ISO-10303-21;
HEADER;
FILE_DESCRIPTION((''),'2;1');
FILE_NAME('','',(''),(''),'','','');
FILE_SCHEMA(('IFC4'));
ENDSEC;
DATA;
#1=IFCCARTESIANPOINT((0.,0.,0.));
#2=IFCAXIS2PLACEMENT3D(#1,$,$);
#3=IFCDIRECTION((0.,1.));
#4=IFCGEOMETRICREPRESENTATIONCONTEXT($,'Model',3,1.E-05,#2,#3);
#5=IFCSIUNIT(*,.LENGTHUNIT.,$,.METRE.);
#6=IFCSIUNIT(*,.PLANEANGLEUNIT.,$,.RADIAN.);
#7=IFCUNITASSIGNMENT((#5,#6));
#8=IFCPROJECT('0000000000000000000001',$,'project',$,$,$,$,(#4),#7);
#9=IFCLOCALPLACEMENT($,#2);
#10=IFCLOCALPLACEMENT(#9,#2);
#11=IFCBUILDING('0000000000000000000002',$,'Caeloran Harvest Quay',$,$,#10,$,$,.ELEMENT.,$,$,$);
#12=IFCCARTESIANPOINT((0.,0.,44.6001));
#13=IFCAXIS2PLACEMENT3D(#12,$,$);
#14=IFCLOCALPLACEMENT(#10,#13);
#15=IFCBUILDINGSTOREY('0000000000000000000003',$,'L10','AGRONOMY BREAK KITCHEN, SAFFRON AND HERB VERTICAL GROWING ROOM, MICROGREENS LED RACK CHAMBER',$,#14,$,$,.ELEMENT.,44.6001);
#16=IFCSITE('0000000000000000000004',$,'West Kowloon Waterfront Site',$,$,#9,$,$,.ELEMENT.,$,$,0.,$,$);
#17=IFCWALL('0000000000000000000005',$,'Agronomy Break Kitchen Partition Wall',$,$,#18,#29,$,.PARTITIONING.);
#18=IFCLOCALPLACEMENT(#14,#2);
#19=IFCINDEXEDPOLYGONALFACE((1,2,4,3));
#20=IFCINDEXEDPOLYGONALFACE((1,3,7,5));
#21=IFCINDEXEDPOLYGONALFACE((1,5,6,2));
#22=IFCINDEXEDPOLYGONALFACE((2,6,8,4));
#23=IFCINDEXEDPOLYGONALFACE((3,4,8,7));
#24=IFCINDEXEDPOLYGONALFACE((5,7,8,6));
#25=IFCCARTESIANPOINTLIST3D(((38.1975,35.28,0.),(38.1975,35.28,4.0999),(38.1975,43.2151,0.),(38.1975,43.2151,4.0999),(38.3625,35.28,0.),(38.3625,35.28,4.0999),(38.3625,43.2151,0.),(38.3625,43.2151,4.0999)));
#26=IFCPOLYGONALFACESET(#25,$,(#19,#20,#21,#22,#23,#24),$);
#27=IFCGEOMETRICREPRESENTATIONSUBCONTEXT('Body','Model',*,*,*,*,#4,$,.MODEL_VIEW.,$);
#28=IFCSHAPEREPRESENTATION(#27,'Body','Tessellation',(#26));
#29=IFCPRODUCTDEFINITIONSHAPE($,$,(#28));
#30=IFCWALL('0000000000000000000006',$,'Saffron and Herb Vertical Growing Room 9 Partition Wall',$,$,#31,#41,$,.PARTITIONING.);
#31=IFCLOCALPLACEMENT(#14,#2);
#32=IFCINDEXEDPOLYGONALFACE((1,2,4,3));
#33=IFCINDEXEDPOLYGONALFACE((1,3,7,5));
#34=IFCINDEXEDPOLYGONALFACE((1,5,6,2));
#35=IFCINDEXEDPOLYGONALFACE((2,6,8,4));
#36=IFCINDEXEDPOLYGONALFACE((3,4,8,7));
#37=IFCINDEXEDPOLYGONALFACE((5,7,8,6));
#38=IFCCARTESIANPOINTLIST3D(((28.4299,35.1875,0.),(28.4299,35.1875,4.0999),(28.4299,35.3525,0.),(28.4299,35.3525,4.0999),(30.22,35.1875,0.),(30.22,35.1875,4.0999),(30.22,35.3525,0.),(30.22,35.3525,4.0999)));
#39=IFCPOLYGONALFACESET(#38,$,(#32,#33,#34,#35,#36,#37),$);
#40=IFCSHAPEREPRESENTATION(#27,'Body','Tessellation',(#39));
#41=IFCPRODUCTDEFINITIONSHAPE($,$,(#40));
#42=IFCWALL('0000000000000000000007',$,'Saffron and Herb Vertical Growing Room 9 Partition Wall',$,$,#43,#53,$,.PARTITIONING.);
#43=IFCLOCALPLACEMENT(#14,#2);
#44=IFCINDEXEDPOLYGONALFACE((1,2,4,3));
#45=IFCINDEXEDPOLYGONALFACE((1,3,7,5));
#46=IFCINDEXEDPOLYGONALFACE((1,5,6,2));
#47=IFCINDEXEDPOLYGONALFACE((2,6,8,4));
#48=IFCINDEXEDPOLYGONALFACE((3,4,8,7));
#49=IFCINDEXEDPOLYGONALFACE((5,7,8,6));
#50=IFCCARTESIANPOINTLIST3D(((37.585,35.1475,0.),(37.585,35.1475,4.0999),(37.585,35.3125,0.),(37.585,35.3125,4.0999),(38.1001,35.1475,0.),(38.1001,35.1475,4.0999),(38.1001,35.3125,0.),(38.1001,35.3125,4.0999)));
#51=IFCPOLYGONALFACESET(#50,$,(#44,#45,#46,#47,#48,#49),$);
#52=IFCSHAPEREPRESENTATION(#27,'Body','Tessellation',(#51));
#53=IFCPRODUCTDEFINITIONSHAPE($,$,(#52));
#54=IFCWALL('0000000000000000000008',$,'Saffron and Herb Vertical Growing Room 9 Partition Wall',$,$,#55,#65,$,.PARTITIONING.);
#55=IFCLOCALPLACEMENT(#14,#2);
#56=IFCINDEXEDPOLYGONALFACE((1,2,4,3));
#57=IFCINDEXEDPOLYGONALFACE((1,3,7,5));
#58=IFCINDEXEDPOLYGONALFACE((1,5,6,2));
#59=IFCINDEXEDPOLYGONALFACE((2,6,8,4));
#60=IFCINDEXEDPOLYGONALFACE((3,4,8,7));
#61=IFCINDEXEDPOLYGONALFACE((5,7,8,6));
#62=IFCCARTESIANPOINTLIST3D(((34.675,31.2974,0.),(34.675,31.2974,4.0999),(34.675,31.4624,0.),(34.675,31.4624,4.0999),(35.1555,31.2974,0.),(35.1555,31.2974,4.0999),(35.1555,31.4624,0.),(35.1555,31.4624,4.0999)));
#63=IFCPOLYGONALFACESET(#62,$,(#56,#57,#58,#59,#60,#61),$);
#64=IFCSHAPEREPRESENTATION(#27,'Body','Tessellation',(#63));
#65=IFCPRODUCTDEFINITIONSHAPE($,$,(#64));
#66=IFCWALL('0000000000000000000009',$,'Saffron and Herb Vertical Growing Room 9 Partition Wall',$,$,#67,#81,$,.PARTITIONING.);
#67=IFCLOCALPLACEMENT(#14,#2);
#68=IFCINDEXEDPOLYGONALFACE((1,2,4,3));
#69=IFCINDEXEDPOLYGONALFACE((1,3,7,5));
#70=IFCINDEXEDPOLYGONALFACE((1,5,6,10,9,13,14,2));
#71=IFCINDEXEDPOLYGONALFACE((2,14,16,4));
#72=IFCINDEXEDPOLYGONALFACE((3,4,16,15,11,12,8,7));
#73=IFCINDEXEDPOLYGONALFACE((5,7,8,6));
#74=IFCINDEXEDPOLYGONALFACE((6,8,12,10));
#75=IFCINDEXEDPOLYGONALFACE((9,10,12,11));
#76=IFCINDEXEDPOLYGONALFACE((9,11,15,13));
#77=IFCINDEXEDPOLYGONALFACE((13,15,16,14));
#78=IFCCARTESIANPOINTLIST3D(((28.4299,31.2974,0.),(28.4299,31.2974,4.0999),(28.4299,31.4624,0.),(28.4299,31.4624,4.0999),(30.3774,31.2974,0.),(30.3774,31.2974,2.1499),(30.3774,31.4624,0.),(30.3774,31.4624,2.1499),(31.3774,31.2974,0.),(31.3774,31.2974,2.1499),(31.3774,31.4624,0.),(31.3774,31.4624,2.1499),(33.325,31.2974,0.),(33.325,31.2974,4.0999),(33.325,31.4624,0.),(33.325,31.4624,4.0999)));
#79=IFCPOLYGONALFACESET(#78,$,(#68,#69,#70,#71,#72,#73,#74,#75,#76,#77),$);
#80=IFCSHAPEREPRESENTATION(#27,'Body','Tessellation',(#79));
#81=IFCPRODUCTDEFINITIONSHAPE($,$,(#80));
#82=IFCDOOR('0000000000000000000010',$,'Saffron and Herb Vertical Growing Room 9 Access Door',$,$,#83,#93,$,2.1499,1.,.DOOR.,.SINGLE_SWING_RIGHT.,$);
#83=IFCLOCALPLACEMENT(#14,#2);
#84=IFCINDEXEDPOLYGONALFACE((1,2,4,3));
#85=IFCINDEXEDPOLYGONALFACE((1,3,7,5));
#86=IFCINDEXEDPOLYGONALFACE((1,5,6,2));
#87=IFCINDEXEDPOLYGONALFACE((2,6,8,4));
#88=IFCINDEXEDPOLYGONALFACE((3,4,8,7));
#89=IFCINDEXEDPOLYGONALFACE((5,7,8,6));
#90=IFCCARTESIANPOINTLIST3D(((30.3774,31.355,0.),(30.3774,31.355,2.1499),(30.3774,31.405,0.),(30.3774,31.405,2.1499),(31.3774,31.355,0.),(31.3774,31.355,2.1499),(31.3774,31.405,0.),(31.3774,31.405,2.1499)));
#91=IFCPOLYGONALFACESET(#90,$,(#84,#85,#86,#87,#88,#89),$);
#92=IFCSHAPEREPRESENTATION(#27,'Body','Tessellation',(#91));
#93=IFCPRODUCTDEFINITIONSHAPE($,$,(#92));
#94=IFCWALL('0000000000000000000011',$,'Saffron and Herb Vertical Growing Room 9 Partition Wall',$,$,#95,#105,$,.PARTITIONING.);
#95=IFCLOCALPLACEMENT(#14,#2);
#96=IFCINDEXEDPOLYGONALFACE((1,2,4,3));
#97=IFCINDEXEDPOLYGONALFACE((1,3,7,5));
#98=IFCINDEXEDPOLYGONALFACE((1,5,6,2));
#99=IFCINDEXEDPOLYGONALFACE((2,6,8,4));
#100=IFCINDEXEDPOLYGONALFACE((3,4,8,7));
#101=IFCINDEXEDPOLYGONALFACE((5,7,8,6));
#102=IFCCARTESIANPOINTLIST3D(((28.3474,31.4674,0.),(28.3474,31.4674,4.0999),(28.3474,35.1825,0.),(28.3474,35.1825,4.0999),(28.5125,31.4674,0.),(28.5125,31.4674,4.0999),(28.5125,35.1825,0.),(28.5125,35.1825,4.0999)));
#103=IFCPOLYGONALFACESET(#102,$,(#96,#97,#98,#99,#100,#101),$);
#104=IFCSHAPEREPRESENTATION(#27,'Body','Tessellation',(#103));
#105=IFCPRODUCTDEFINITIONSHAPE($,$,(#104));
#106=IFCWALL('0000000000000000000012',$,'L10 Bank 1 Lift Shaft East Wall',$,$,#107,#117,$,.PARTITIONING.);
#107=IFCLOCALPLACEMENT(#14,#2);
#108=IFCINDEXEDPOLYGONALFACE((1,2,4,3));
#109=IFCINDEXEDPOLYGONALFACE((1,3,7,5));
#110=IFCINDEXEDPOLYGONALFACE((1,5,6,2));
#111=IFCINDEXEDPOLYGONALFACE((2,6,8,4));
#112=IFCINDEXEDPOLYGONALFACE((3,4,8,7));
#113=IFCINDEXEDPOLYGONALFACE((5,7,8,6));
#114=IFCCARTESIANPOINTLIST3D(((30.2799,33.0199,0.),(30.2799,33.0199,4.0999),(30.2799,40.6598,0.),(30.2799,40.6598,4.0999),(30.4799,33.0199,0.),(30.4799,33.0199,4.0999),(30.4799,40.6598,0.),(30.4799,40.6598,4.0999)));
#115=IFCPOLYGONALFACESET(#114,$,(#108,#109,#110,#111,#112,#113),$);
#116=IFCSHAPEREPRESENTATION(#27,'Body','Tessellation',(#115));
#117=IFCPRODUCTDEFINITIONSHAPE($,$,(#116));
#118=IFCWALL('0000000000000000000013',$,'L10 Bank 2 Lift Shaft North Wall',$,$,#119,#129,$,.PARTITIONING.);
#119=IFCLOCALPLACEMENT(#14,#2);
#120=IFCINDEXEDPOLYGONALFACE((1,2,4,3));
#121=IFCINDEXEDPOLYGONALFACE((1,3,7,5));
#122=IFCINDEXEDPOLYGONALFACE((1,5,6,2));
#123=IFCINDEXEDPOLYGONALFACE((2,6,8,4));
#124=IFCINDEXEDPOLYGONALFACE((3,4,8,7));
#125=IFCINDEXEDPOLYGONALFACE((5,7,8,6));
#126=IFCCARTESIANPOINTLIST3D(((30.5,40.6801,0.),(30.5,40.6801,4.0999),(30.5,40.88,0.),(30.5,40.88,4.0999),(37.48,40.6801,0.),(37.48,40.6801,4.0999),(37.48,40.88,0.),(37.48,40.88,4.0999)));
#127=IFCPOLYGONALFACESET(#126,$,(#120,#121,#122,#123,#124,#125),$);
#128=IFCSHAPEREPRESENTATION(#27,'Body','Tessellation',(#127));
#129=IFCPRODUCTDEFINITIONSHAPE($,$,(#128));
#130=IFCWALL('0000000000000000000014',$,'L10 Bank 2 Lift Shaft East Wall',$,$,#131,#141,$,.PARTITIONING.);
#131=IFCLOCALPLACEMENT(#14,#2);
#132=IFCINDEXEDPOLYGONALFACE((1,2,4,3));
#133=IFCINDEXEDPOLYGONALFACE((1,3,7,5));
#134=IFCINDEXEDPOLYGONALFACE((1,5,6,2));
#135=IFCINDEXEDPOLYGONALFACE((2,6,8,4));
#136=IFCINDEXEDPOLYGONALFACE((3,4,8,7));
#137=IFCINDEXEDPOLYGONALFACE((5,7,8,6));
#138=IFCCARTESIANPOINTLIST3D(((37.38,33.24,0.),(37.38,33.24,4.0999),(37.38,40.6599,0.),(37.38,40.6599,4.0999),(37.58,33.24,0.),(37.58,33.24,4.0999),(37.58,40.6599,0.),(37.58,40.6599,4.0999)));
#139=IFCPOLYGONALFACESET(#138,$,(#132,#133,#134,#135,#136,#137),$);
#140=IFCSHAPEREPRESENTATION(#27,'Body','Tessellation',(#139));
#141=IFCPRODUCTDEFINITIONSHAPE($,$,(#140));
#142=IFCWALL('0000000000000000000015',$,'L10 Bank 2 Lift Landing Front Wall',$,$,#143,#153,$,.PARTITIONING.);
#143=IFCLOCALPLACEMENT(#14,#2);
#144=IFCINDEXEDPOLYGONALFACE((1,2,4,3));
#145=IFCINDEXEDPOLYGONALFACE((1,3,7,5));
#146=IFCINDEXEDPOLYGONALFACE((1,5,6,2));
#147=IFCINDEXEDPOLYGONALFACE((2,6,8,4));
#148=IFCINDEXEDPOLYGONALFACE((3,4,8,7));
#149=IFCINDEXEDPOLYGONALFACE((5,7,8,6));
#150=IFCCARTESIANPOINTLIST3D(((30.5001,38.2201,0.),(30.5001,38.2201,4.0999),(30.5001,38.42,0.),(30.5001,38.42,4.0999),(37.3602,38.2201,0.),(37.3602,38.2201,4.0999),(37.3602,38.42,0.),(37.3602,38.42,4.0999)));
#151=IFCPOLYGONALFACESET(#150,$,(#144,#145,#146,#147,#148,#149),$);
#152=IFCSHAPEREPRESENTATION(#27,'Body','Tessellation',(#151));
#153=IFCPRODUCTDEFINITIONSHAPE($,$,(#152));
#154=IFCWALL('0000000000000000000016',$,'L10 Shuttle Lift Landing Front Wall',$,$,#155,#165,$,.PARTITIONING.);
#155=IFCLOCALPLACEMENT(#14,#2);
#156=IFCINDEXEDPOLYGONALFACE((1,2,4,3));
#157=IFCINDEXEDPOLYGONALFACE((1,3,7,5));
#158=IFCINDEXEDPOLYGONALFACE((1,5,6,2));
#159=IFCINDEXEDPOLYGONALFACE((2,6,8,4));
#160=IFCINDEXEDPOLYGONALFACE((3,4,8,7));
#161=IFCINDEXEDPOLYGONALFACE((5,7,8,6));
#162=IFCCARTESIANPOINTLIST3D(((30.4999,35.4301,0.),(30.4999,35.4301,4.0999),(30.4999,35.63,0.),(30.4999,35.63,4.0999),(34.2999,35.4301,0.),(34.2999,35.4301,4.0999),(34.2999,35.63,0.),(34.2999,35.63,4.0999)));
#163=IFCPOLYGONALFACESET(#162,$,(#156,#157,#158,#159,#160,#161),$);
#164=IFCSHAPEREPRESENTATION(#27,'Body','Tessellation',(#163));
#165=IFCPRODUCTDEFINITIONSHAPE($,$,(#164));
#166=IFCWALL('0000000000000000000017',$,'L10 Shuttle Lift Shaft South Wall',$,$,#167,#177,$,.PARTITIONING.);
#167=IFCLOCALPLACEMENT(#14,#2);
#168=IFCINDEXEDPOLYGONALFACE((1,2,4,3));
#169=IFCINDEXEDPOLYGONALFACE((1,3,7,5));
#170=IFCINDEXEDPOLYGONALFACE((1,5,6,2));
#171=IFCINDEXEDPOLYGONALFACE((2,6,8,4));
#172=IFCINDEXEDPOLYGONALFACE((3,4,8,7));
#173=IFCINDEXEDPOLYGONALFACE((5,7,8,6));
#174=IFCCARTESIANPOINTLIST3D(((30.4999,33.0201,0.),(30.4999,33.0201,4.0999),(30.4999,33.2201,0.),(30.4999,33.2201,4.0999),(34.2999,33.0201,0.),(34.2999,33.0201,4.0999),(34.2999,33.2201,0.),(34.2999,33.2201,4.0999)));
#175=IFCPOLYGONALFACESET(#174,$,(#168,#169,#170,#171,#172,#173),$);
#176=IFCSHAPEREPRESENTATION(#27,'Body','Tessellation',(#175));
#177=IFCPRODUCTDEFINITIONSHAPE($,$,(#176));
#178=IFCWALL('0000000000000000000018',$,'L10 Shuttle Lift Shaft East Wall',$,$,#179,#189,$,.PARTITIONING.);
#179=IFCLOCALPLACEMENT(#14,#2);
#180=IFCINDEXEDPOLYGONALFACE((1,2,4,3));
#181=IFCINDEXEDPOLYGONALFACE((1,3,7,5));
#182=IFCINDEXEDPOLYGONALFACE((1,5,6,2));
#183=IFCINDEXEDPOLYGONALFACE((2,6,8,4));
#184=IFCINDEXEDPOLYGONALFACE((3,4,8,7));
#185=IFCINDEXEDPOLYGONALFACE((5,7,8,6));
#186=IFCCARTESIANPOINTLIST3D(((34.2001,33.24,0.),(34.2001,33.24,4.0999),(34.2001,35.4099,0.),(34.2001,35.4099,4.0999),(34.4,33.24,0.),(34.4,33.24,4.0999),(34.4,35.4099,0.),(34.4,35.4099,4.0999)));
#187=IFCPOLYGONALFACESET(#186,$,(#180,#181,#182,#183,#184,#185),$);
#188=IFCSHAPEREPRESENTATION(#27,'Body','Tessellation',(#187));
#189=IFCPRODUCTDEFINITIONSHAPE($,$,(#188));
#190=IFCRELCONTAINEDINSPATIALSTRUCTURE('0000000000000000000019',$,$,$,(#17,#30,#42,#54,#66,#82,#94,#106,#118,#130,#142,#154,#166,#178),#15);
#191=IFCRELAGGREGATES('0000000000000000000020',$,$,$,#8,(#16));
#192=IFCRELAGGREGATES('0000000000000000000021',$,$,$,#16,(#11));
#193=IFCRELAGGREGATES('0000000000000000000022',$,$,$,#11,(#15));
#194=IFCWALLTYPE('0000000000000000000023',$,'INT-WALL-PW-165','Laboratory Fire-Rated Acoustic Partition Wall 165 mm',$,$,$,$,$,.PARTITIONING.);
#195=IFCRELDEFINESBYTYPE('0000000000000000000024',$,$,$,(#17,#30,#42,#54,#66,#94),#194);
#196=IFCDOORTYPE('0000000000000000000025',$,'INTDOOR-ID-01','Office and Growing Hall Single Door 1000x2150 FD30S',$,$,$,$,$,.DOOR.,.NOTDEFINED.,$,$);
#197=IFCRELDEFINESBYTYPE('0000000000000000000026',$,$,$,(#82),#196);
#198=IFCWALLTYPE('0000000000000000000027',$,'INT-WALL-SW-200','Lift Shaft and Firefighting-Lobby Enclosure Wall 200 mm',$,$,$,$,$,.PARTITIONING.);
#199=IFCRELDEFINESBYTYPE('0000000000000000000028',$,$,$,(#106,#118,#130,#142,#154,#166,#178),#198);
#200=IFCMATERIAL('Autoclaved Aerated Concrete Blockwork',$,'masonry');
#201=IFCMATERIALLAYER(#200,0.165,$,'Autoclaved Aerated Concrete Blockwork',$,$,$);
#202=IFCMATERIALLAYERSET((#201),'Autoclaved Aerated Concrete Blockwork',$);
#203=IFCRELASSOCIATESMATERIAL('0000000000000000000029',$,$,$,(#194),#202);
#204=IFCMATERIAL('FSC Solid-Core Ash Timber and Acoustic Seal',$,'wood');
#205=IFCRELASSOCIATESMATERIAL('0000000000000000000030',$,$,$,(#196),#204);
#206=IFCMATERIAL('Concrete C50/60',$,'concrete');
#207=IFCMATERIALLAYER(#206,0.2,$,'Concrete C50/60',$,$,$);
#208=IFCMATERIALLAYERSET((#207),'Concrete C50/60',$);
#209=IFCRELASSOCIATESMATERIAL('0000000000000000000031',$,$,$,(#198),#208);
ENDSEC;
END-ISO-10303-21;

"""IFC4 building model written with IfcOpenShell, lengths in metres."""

from ifc_helpers import new_model, si_unit, direction, frame, frame_2d, origin, place, context, subcontext, project, spatial, rectangle, extrude, material, layer, layer_set, type_object, element, fill, save


model = new_model("IFC4")

# Units and contexts
model_context = context("Model", 3, precision=1e-05, world=origin(), true_north=direction((0.0, 1.0)))
body_context = subcontext(model_context, "Body", "Model", "MODEL_VIEW")
ifc_project = project(units=[si_unit("LENGTHUNIT", "METRE"), si_unit("PLANEANGLEUNIT", "RADIAN")], contexts=[model_context])

# Site, building, storey
site_placement = place(None, origin())
site = spatial("IfcSite", under=ifc_project, at=site_placement, Name="West Kowloon Waterfront Site", CompositionType="ELEMENT", RefElevation=0.0)
building_placement = place(site_placement, origin())
building = spatial("IfcBuilding", under=site, at=building_placement, Name="Caeloran Harvest Quay", CompositionType="ELEMENT")
storey_placement = place(building_placement, frame((0.0, 0.0, 44.6001)))
storey = spatial("IfcBuildingStorey", under=building, at=storey_placement, Name="L10", Description="AGRONOMY BREAK KITCHEN, SAFFRON AND HERB VERTICAL GROWING ROOM, MICROGREENS LED RACK CHAMBER", CompositionType="ELEMENT", Elevation=44.6001)

# Walls
ifc_material_1 = material(Name="Autoclaved Aerated Concrete Blockwork", Category="masonry")
ifc_layer_1 = layer(ifc_material_1, 0.165, Name="Autoclaved Aerated Concrete Blockwork")
ifc_layer_set_1 = layer_set([ifc_layer_1], Name="Autoclaved Aerated Concrete Blockwork")
wall_type_1 = type_object("IfcWallType", Name="INT-WALL-PW-165", Description="Laboratory Fire-Rated Acoustic Partition Wall 165 mm", PredefinedType="PARTITIONING", material=ifc_layer_set_1)
wall_1_placement = place(storey_placement, frame((38.28, 35.28, 0.0), z_axis=(0.0, 0.0, 1.0), x_axis=(0.0, 1.0, 0.0)))
element("IfcWall", 1, at=wall_1_placement, inside=storey, type_object=wall_type_1, Name="Agronomy Break Kitchen Partition Wall", PredefinedType="PARTITIONING", context=body_context, shape_type="SweptSolid", body=[
    extrude(rectangle(XDim=7.9351, YDim=0.165, at=frame_2d((3.9675, 0.0))), origin(), (0.0, 0.0, 1.0), 4.0999),
])
wall_2_placement = place(storey_placement, frame((28.4299, 35.27, 0.0), z_axis=(0.0, 0.0, 1.0), x_axis=(1.0, 0.0, 0.0)))
element("IfcWall", 2, at=wall_2_placement, inside=storey, type_object=wall_type_1, Name="Saffron and Herb Vertical Growing Room 9 Partition Wall", PredefinedType="PARTITIONING", context=body_context, shape_type="SweptSolid", body=[
    extrude(rectangle(XDim=1.79, YDim=0.165, at=frame_2d((0.895, 0.0))), origin(), (0.0, 0.0, 1.0), 4.0999),
])
wall_3_placement = place(storey_placement, frame((38.1001, 35.23, 0.0), z_axis=(0.0, 0.0, 1.0), x_axis=(-1.0, 0.0, 0.0)))
element("IfcWall", 3, at=wall_3_placement, inside=storey, type_object=wall_type_1, Name="Saffron and Herb Vertical Growing Room 9 Partition Wall", PredefinedType="PARTITIONING", context=body_context, shape_type="SweptSolid", body=[
    extrude(rectangle(XDim=0.5151, YDim=0.165, at=frame_2d((0.2576, 0.0))), origin(), (0.0, 0.0, 1.0), 4.0999),
])
wall_4_placement = place(storey_placement, frame((35.1555, 31.3799, 0.0), z_axis=(0.0, 0.0, 1.0), x_axis=(-1.0, 0.0, 0.0)))
element("IfcWall", 4, at=wall_4_placement, inside=storey, type_object=wall_type_1, Name="Saffron and Herb Vertical Growing Room 9 Partition Wall", PredefinedType="PARTITIONING", context=body_context, shape_type="SweptSolid", body=[
    extrude(rectangle(XDim=0.4805, YDim=0.165, at=frame_2d((0.2402, 0.0))), origin(), (0.0, 0.0, 1.0), 4.0999),
])

# Wall, opening, door
wall_5_placement = place(storey_placement, frame((33.325, 31.3799, 0.0), z_axis=(0.0, 0.0, 1.0), x_axis=(-1.0, 0.0, 0.0)))
wall_5 = element("IfcWall", 5, at=wall_5_placement, inside=storey, type_object=wall_type_1, Name="Saffron and Herb Vertical Growing Room 9 Partition Wall", PredefinedType="PARTITIONING", context=body_context, shape_type="SweptSolid", body=[
    extrude(rectangle(XDim=4.895, YDim=0.165, at=frame_2d((2.4475, 0.0))), origin(), (0.0, 0.0, 1.0), 4.0999),
])
opening_1_placement = place(wall_5_placement, frame((1.9475, 0.0, 0.0)))
opening_1 = element("IfcOpeningElement", 6, at=opening_1_placement, cuts=wall_5, PredefinedType="OPENING", context=body_context, shape_type="SweptSolid", body=[
    extrude(rectangle(XDim=1.0, YDim=2.1499, at=frame_2d((0.5, 1.075))), frame((0.0, 0.0925, 0.0), z_axis=(0.0, -1.0, 0.0), x_axis=(1.0, 0.0, 0.0)), (0.0, 0.0, 1.0), 0.1851),
])
ifc_material_2 = material(Name="FSC Solid-Core Ash Timber and Acoustic Seal", Category="wood")
door_type_1 = type_object("IfcDoorType", Name="INTDOOR-ID-01", Description="Office and Growing Hall Single Door 1000x2150 FD30S", OperationType="NOTDEFINED", PredefinedType="DOOR", material=ifc_material_2)
door_1_placement = place(opening_1_placement, origin())
door_1 = element("IfcDoor", 7, at=door_1_placement, inside=storey, type_object=door_type_1, Name="Saffron and Herb Vertical Growing Room 9 Access Door", OperationType="SINGLE_SWING_RIGHT", OverallHeight=2.1499, OverallWidth=1.0, PredefinedType="DOOR", context=body_context, shape_type="SweptSolid", body=[
    extrude(rectangle(XDim=1.0, YDim=2.1499, at=frame_2d((0.5, 1.075))), frame((0.0, 0.0249, 0.0), z_axis=(0.0, -1.0, 0.0), x_axis=(1.0, 0.0, 0.0)), (0.0, 0.0, 1.0), 0.05),
])
fill(opening_1, door_1)

# Walls
wall_6_placement = place(storey_placement, frame((28.4299, 31.4675, 0.0), z_axis=(0.0, 0.0, 1.0), x_axis=(0.0, 1.0, 0.0)))
element("IfcWall", 8, at=wall_6_placement, inside=storey, type_object=wall_type_1, Name="Saffron and Herb Vertical Growing Room 9 Partition Wall", PredefinedType="PARTITIONING", context=body_context, shape_type="SweptSolid", body=[
    extrude(rectangle(XDim=3.7151, YDim=0.165, at=frame_2d((1.8574, 0.0))), origin(), (0.0, 0.0, 1.0), 4.0999),
])
ifc_material_3 = material(Name="Concrete C50/60", Category="concrete")
ifc_layer_2 = layer(ifc_material_3, 0.2, Name="Concrete C50/60")
ifc_layer_set_2 = layer_set([ifc_layer_2], Name="Concrete C50/60")
wall_type_2 = type_object("IfcWallType", Name="INT-WALL-SW-200", Description="Lift Shaft and Firefighting-Lobby Enclosure Wall 200 mm", PredefinedType="PARTITIONING", material=ifc_layer_set_2)
wall_7_placement = place(storey_placement, frame((30.3799, 33.02, 0.0), z_axis=(0.0, 0.0, 1.0), x_axis=(0.0, 1.0, 0.0)))
element("IfcWall", 9, at=wall_7_placement, inside=storey, type_object=wall_type_2, Name="L10 Bank 1 Lift Shaft East Wall", PredefinedType="PARTITIONING", context=body_context, shape_type="SweptSolid", body=[
    extrude(rectangle(XDim=7.6399, YDim=0.2, at=frame_2d((3.8198, 0.0))), origin(), (0.0, 0.0, 1.0), 4.0999),
])
wall_8_placement = place(storey_placement, frame((30.5, 40.78, 0.0), z_axis=(0.0, 0.0, 1.0), x_axis=(1.0, 0.0, 0.0)))
element("IfcWall", 10, at=wall_8_placement, inside=storey, type_object=wall_type_2, Name="L10 Bank 2 Lift Shaft North Wall", PredefinedType="PARTITIONING", context=body_context, shape_type="SweptSolid", body=[
    extrude(rectangle(XDim=6.98, YDim=0.2, at=frame_2d((3.49, 0.0))), origin(), (0.0, 0.0, 1.0), 4.0999),
])
wall_9_placement = place(storey_placement, frame((37.48, 33.24, 0.0), z_axis=(0.0, 0.0, 1.0), x_axis=(0.0, 1.0, 0.0)))
element("IfcWall", 11, at=wall_9_placement, inside=storey, type_object=wall_type_2, Name="L10 Bank 2 Lift Shaft East Wall", PredefinedType="PARTITIONING", context=body_context, shape_type="SweptSolid", body=[
    extrude(rectangle(XDim=7.4199, YDim=0.2, at=frame_2d((3.71, 0.0))), origin(), (0.0, 0.0, 1.0), 4.0999),
])
wall_10_placement = place(storey_placement, frame((30.5, 38.3201, 0.0), z_axis=(0.0, 0.0, 1.0), x_axis=(1.0, 0.0, 0.0)))
element("IfcWall", 12, at=wall_10_placement, inside=storey, type_object=wall_type_2, Name="L10 Bank 2 Lift Landing Front Wall", PredefinedType="PARTITIONING", context=body_context, shape_type="SweptSolid", body=[
    extrude(rectangle(XDim=6.8601, YDim=0.2, at=frame_2d((3.4302, 0.0))), origin(), (0.0, 0.0, 1.0), 4.0999),
])
for number, where, z_axis, x_axis, name in (
    (13, (30.5, 35.53, 0.0), (0.0, 0.0, 1.0), (1.0, 0.0, 0.0), "L10 Shuttle Lift Landing Front Wall"),
    (14, (30.5, 33.1201, 0.0), (0.0, 0.0, 1.0), (1.0, 0.0, 0.0), "L10 Shuttle Lift Shaft South Wall"),
):
    element("IfcWall", number, at=place(storey_placement, frame(where, z_axis=z_axis, x_axis=x_axis)), inside=storey, type_object=wall_type_2, Name=name, PredefinedType="PARTITIONING", context=body_context, shape_type="SweptSolid", body=[
        extrude(rectangle(XDim=3.8, YDim=0.2, at=frame_2d((1.8999, 0.0))), origin(), (0.0, 0.0, 1.0), 4.0999),
    ])
wall_11_placement = place(storey_placement, frame((34.3, 33.24, 0.0), z_axis=(0.0, 0.0, 1.0), x_axis=(0.0, 1.0, 0.0)))
element("IfcWall", 15, at=wall_11_placement, inside=storey, type_object=wall_type_2, Name="L10 Shuttle Lift Shaft East Wall", PredefinedType="PARTITIONING", context=body_context, shape_type="SweptSolid", body=[
    extrude(rectangle(XDim=2.1699, YDim=0.2, at=frame_2d((1.085, 0.0))), origin(), (0.0, 0.0, 1.0), 4.0999),
])

save(model, "model.ifc")
